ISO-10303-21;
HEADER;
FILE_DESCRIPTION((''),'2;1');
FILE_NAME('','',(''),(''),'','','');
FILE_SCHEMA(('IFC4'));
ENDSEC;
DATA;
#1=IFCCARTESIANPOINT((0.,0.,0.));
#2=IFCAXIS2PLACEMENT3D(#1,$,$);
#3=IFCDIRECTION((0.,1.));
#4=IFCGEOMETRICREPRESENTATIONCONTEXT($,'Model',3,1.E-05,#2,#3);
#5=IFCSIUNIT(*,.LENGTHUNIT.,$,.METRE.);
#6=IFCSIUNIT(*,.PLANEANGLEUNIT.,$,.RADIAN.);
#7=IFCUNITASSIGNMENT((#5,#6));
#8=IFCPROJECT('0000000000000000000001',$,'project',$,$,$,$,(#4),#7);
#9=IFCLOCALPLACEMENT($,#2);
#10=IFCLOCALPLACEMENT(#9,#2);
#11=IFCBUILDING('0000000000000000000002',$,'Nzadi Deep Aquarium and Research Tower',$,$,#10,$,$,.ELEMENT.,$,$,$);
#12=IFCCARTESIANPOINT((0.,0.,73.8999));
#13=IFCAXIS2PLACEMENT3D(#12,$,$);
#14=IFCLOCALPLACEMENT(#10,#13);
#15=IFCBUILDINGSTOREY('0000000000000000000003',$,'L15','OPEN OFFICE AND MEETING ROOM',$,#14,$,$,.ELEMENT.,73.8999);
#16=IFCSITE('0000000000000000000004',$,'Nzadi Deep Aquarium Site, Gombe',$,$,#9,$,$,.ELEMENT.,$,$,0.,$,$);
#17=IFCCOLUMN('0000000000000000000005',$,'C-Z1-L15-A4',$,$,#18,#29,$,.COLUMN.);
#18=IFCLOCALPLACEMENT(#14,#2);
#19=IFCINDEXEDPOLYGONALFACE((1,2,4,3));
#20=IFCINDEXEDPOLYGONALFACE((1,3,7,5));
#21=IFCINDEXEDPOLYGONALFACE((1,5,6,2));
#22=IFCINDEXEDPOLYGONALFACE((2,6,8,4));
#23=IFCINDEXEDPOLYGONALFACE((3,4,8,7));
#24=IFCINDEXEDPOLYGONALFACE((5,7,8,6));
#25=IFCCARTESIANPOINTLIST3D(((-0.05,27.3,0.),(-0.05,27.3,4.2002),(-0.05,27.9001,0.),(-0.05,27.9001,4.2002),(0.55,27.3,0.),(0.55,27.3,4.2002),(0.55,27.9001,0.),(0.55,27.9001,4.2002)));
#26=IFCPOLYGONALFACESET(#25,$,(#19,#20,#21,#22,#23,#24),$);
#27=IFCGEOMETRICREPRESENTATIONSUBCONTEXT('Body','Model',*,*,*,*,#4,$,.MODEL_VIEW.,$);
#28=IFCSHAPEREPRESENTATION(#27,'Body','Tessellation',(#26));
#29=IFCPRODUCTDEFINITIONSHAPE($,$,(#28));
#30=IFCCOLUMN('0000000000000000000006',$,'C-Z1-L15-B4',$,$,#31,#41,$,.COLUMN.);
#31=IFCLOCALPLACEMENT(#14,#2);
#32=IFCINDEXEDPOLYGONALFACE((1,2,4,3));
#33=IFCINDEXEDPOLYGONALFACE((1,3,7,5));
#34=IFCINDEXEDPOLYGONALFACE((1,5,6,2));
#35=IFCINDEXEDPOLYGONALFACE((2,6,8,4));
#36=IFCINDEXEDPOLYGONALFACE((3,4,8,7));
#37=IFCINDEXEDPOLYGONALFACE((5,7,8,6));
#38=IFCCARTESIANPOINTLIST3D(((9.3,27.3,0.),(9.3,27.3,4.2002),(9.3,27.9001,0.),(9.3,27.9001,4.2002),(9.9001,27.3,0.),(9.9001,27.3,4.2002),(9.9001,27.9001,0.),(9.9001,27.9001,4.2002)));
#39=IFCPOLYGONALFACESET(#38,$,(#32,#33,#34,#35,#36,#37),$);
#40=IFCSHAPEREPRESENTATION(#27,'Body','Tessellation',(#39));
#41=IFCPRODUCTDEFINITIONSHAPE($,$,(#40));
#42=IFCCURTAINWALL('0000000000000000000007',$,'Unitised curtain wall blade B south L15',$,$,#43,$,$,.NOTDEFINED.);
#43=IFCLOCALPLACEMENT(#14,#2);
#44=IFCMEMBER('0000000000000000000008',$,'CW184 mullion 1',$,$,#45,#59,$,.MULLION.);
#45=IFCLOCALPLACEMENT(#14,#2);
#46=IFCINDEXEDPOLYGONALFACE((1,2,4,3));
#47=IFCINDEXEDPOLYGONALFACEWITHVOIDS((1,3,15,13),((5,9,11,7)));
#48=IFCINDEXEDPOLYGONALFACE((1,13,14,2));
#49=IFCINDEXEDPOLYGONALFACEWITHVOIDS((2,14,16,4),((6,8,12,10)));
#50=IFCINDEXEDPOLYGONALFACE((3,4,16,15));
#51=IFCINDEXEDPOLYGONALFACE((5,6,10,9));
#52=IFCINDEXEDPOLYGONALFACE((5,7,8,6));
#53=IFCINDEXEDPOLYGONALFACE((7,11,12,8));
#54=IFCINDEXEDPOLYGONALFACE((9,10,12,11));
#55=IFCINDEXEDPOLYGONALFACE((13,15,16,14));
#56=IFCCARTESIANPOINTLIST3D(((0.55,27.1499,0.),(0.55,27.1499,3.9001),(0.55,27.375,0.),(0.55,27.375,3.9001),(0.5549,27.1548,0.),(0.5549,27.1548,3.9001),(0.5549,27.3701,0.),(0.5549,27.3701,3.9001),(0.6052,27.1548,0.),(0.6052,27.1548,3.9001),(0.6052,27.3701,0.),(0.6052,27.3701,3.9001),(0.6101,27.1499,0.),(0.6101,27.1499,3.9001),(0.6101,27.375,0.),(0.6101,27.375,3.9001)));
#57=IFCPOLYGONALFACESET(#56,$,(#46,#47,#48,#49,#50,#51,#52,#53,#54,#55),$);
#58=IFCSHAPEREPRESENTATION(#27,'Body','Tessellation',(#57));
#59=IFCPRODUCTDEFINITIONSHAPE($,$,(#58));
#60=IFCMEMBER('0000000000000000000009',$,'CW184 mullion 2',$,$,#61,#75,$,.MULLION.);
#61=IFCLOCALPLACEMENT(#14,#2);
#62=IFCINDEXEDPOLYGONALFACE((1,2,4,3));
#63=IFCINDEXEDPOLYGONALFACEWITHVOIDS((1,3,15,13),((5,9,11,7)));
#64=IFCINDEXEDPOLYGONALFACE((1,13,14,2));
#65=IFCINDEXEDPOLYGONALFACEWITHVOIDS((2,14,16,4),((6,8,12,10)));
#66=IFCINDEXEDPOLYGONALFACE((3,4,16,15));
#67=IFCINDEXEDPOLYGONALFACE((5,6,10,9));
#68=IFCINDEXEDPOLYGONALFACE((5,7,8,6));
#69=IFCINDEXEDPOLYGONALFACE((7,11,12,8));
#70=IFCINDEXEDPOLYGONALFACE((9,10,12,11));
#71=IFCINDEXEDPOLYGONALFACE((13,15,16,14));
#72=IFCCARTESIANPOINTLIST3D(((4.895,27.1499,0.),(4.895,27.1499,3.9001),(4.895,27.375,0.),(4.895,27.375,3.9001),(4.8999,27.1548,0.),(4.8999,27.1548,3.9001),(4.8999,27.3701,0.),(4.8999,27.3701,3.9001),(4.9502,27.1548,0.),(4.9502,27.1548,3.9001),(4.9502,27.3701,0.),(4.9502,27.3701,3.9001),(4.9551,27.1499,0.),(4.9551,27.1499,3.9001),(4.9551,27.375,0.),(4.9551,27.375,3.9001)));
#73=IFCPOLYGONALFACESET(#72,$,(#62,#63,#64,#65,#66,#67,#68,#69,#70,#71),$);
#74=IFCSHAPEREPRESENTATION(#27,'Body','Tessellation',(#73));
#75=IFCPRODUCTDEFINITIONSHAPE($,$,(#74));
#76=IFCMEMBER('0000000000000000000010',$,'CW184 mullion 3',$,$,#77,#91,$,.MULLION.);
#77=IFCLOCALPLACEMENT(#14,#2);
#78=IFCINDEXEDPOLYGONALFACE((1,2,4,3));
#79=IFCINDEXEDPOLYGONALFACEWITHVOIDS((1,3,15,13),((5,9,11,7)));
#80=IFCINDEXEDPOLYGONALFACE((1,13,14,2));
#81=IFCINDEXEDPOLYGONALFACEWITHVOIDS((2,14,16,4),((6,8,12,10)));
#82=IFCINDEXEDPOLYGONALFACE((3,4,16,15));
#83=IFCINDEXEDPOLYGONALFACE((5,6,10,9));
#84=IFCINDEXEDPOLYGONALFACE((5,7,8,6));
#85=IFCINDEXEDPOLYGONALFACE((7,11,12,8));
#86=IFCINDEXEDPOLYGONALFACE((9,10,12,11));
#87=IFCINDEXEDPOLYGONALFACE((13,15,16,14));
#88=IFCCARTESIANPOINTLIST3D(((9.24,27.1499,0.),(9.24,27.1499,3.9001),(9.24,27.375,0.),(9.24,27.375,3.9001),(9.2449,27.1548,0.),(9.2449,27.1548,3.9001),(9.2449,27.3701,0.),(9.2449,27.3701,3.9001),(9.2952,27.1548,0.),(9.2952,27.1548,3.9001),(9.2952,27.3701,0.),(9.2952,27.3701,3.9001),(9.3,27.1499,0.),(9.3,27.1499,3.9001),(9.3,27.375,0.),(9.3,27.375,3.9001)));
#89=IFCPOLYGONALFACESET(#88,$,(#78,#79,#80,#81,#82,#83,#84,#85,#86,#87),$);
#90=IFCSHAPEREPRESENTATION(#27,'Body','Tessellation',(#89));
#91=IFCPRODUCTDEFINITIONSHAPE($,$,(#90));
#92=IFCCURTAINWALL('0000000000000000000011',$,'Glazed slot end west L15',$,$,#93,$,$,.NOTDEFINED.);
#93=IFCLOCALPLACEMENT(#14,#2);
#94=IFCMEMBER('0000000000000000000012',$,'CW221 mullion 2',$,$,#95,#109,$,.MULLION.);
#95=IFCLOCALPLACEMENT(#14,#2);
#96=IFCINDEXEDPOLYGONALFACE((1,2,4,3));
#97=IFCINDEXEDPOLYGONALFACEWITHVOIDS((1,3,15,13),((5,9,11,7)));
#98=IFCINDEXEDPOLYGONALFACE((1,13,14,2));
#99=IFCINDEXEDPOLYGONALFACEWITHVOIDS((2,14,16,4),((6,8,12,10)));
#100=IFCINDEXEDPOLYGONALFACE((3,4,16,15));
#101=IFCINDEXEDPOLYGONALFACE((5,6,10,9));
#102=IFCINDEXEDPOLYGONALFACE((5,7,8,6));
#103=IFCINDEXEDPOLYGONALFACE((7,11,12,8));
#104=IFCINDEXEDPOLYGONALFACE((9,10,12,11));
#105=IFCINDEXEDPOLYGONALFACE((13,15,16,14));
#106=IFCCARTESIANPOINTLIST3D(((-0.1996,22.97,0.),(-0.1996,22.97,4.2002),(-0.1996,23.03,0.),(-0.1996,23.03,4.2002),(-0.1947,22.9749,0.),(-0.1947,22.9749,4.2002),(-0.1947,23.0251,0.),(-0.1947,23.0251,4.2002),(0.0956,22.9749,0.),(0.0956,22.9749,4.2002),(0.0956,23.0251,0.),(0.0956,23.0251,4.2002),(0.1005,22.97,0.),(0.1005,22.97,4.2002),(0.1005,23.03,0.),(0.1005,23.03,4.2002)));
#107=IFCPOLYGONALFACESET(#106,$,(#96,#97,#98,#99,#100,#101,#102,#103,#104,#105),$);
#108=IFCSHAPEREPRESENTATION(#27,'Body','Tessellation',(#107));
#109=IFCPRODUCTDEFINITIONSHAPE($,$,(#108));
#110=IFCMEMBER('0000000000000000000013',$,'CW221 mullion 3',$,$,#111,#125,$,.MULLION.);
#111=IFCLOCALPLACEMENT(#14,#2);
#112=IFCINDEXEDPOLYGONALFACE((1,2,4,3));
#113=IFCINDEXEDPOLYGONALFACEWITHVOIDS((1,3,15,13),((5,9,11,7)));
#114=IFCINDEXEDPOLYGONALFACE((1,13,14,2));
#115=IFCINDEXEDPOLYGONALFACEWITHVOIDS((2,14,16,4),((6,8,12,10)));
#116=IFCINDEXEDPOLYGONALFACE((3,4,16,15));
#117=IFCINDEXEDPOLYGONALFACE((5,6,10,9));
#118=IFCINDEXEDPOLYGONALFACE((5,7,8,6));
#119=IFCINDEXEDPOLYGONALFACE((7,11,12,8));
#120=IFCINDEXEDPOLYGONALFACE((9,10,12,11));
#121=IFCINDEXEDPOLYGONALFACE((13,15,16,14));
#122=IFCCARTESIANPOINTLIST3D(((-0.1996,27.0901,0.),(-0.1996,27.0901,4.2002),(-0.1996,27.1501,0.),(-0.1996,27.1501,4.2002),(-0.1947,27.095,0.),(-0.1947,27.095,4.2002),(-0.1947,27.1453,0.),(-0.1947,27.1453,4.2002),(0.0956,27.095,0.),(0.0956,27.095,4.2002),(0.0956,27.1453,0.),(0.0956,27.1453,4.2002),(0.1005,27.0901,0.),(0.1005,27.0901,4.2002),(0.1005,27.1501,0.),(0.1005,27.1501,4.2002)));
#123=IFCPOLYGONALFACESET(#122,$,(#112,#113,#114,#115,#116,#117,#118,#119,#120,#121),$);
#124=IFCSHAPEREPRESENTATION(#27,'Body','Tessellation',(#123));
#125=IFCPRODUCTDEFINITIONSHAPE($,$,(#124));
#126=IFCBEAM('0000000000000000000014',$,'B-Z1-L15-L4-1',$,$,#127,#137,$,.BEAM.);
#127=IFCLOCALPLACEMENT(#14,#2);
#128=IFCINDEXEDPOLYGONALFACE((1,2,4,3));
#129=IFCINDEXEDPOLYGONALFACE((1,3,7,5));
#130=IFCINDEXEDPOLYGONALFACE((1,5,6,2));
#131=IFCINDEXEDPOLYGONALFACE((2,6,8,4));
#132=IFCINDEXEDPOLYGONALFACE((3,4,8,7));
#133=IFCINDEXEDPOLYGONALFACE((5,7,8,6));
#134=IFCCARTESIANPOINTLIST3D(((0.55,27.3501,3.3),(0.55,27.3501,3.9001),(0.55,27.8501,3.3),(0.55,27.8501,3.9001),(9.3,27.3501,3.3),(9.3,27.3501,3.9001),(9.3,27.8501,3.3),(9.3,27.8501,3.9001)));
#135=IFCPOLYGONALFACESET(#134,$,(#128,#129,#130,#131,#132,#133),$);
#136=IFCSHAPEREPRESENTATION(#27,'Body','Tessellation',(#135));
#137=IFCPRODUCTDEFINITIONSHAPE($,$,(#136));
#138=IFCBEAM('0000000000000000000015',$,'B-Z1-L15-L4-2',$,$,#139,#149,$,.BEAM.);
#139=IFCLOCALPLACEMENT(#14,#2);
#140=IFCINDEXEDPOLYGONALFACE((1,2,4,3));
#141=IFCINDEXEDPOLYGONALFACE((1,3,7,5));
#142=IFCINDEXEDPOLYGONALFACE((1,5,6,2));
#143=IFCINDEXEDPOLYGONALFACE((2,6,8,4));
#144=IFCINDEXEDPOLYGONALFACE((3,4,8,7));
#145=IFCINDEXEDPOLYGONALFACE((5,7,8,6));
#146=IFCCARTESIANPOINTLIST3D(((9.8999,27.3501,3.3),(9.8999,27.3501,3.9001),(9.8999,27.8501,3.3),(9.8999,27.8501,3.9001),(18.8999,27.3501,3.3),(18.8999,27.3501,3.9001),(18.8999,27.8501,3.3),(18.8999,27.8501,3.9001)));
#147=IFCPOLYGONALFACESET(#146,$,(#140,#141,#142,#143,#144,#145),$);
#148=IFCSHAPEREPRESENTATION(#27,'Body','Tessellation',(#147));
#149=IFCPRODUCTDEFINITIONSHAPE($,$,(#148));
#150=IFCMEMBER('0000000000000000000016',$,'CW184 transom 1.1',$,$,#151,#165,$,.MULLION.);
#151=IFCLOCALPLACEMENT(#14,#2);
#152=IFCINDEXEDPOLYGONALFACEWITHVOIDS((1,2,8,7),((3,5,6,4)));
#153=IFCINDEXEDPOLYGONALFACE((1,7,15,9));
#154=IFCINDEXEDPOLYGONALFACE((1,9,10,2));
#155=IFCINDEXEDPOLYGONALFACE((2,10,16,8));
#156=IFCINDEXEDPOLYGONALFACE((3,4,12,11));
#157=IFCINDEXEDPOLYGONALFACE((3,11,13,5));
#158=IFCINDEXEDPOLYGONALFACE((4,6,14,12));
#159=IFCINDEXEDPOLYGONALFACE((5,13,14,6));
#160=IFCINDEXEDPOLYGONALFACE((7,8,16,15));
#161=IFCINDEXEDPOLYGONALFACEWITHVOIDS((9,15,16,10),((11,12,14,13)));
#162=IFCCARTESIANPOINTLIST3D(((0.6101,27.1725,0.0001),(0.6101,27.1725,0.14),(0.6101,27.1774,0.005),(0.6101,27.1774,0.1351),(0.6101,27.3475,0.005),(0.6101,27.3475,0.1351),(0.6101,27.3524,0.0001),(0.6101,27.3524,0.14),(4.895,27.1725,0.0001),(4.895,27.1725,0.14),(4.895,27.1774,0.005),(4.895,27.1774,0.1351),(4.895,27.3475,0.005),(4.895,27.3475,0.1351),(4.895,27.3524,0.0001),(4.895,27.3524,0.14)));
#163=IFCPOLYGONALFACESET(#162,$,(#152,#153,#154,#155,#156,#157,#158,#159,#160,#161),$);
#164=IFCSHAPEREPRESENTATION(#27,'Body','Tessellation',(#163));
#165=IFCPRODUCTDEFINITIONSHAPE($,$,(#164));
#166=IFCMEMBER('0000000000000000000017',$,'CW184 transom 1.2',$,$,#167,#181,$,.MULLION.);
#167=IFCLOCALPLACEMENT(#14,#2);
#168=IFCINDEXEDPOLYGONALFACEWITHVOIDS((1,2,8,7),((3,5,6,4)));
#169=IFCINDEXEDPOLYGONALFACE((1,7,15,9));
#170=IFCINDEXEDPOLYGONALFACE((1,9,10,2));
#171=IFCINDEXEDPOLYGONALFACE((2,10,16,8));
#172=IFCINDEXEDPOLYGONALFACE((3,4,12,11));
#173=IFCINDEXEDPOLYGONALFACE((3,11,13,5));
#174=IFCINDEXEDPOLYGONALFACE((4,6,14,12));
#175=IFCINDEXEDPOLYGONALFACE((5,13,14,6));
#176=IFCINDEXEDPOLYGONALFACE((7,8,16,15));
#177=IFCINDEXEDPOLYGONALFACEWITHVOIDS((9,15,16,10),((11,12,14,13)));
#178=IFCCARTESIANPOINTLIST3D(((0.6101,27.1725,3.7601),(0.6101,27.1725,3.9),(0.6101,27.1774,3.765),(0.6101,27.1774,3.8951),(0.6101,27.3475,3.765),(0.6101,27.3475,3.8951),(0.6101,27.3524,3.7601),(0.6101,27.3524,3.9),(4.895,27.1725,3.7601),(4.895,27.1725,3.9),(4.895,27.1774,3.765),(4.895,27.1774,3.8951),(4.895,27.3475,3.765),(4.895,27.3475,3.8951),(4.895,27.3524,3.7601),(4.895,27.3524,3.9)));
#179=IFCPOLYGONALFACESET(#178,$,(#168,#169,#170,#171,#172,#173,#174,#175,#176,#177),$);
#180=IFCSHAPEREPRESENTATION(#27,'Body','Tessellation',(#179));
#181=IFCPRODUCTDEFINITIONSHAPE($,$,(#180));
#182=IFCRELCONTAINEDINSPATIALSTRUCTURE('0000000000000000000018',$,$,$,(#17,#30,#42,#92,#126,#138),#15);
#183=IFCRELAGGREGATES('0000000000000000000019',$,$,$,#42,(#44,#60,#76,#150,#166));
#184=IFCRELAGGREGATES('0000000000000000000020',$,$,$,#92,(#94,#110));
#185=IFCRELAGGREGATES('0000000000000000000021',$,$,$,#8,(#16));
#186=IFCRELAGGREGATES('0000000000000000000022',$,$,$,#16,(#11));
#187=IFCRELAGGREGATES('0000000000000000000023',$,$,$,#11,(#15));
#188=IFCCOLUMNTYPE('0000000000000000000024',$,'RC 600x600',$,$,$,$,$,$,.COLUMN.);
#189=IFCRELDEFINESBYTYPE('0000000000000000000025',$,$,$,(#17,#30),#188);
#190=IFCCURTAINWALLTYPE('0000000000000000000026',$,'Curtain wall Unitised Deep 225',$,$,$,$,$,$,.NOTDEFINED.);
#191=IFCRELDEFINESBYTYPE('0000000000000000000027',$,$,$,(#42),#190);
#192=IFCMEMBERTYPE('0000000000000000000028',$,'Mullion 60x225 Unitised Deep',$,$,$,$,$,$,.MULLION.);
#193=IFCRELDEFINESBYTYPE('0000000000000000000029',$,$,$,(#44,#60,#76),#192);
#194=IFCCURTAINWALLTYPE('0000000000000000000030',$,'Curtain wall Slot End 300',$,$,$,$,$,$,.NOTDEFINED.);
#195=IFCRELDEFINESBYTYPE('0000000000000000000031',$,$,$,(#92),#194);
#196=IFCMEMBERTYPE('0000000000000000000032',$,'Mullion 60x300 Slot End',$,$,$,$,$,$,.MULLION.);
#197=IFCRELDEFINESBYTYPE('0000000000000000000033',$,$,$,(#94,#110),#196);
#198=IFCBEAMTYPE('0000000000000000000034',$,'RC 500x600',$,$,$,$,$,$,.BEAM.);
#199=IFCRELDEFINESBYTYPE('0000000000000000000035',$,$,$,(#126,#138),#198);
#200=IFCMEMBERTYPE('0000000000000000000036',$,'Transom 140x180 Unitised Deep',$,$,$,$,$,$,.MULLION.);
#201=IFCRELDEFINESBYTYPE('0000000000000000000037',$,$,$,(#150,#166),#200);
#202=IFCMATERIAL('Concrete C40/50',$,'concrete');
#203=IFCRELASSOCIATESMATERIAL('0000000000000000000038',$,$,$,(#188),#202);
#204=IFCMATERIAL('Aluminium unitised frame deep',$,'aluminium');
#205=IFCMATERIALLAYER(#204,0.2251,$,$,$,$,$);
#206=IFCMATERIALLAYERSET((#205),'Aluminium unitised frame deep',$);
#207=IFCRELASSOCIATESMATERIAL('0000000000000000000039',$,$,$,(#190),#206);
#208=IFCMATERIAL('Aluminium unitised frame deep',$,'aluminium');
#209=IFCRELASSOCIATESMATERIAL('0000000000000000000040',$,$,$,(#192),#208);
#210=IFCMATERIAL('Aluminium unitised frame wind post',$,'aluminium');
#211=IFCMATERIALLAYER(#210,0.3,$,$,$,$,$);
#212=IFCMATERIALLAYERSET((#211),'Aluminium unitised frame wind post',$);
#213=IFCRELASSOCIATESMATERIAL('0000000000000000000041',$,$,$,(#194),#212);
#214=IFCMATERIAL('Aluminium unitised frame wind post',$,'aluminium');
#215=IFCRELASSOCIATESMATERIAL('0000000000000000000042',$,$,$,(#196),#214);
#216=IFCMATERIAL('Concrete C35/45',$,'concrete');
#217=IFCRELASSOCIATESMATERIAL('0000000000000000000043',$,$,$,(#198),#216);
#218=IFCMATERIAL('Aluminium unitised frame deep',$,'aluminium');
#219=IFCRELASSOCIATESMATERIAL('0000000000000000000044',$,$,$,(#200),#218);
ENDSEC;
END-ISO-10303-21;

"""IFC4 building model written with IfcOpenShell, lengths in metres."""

from ifc_helpers import new_model, si_unit, direction, frame, origin, origin_2d, place, context, subcontext, project, spatial, rectangle, hollow_rectangle, extrude, material, layer, layer_set, material_profile, profile_set, type_object, element, aggregate, save


model = new_model("IFC4")

# Units and contexts
model_context = context("Model", 3, precision=1e-05, world=origin(), true_north=direction((0.0, 1.0)))
body_context = subcontext(model_context, "Body", "Model", "MODEL_VIEW")
ifc_project = project(units=[si_unit("LENGTHUNIT", "METRE"), si_unit("PLANEANGLEUNIT", "RADIAN")], contexts=[model_context])

# Site, building, storey
site_placement = place(None, origin())
site = spatial("IfcSite", under=ifc_project, at=site_placement, Name="Nzadi Deep Aquarium Site, Gombe", CompositionType="ELEMENT", RefElevation=0.0)
building_placement = place(site_placement, origin())
building = spatial("IfcBuilding", under=site, at=building_placement, Name="Nzadi Deep Aquarium and Research Tower", CompositionType="ELEMENT")
storey_placement = place(building_placement, frame((0.0, 0.0, 73.8999)))
storey = spatial("IfcBuildingStorey", under=building, at=storey_placement, Name="L15", Description="OPEN OFFICE AND MEETING ROOM", CompositionType="ELEMENT", Elevation=73.8999)

# Columns
ifc_material_1 = material(Name="Concrete C40/50", Category="concrete")
ifc_material_profile_1 = material_profile(ifc_material_1, rectangle(XDim=0.6001, YDim=0.6001, at=origin_2d()))
ifc_profile_set_1 = profile_set([ifc_material_profile_1], Name="Concrete C40/50")
column_type = type_object("IfcColumnType", Name="RC 600x600", PredefinedType="COLUMN", material=ifc_profile_set_1)
for number, where, z_axis, x_axis, name in (
    (1, (0.25, 27.6001, 0.0), (0.0, 0.0, 1.0), (1.0, 0.0, 0.0), "C-Z1-L15-A4"),
    (2, (9.6001, 27.6001, 0.0), (0.0, 0.0, 1.0), (1.0, 0.0, 0.0), "C-Z1-L15-B4"),
):
    element("IfcColumn", number, at=place(storey_placement, frame(where, z_axis=z_axis, x_axis=x_axis)), inside=storey, type_object=column_type, Name=name, PredefinedType="COLUMN", context=body_context, shape_type="SweptSolid", body=[
        extrude(rectangle(XDim=0.6001, YDim=0.6001, at=origin_2d()), origin(), (0.0, 0.0, 1.0), 4.2002),
    ])

# Curtain walls, members
ifc_material_2 = material(Name="Aluminium unitised frame deep", Category="aluminium")
ifc_layer_1 = layer(ifc_material_2, 0.2251)
ifc_layer_set_1 = layer_set([ifc_layer_1], Name="Aluminium unitised frame deep")
curtain_wall_type_1 = type_object("IfcCurtainWallType", Name="Curtain wall Unitised Deep 225", PredefinedType="NOTDEFINED", material=ifc_layer_set_1)
curtain_wall_1_placement = place(storey_placement, origin())
curtain_wall_1 = element("IfcCurtainWall", 3, at=curtain_wall_1_placement, inside=storey, type_object=curtain_wall_type_1, Name="Unitised curtain wall blade B south L15", PredefinedType="NOTDEFINED")
ifc_material_3 = material(Name="Aluminium unitised frame deep", Category="aluminium")
ifc_material_profile_2 = material_profile(ifc_material_3, hollow_rectangle(XDim=0.2251, YDim=0.0601, WallThickness=0.0049, at=origin_2d()))
ifc_profile_set_2 = profile_set([ifc_material_profile_2], Name="Aluminium unitised frame deep")
member_type_1 = type_object("IfcMemberType", Name="Mullion 60x225 Unitised Deep", PredefinedType="MULLION", material=ifc_profile_set_2)
member_1_placement = place(storey_placement, frame((0.5801, 27.2625, 0.0), z_axis=(0.0, 0.0, 1.0), x_axis=(0.0, 1.0, 0.0)))
member_1 = element("IfcMember", 4, at=member_1_placement, type_object=member_type_1, Name="CW184 mullion 1", PredefinedType="MULLION", context=body_context, shape_type="SweptSolid", body=[
    extrude(hollow_rectangle(XDim=0.2251, YDim=0.0601, WallThickness=0.0049, at=origin_2d()), origin(), (0.0, 0.0, 1.0), 3.9001),
])
member_2_placement = place(storey_placement, frame((4.925, 27.2625, 0.0), z_axis=(0.0, 0.0, 1.0), x_axis=(0.0, 1.0, 0.0)))
member_2 = element("IfcMember", 5, at=member_2_placement, type_object=member_type_1, Name="CW184 mullion 2", PredefinedType="MULLION", context=body_context, shape_type="SweptSolid", body=[
    extrude(hollow_rectangle(XDim=0.2251, YDim=0.0601, WallThickness=0.0049, at=origin_2d()), origin(), (0.0, 0.0, 1.0), 3.9001),
])
member_3_placement = place(storey_placement, frame((9.27, 27.2625, 0.0), z_axis=(0.0, 0.0, 1.0), x_axis=(0.0, 1.0, 0.0)))
member_3 = element("IfcMember", 6, at=member_3_placement, type_object=member_type_1, Name="CW184 mullion 3", PredefinedType="MULLION", context=body_context, shape_type="SweptSolid", body=[
    extrude(hollow_rectangle(XDim=0.2251, YDim=0.0601, WallThickness=0.0049, at=origin_2d()), origin(), (0.0, 0.0, 1.0), 3.9001),
])
ifc_material_4 = material(Name="Aluminium unitised frame wind post", Category="aluminium")
ifc_layer_2 = layer(ifc_material_4, 0.3)
ifc_layer_set_2 = layer_set([ifc_layer_2], Name="Aluminium unitised frame wind post")
curtain_wall_type_2 = type_object("IfcCurtainWallType", Name="Curtain wall Slot End 300", PredefinedType="NOTDEFINED", material=ifc_layer_set_2)
curtain_wall_2_placement = place(storey_placement, origin())
curtain_wall_2 = element("IfcCurtainWall", 7, at=curtain_wall_2_placement, inside=storey, type_object=curtain_wall_type_2, Name="Glazed slot end west L15", PredefinedType="NOTDEFINED")
ifc_material_5 = material(Name="Aluminium unitised frame wind post", Category="aluminium")
ifc_material_profile_3 = material_profile(ifc_material_5, hollow_rectangle(XDim=0.3, YDim=0.0601, WallThickness=0.0049, at=origin_2d()))
ifc_profile_set_3 = profile_set([ifc_material_profile_3], Name="Aluminium unitised frame wind post")
member_type_2 = type_object("IfcMemberType", Name="Mullion 60x300 Slot End", PredefinedType="MULLION", material=ifc_profile_set_3)
member_4_placement = place(storey_placement, frame((-0.0496, 23.0, 0.0), z_axis=(0.0, 0.0, 1.0), x_axis=(-1.0, 0.0, 0.0)))
member_4 = element("IfcMember", 8, at=member_4_placement, type_object=member_type_2, Name="CW221 mullion 2", PredefinedType="MULLION", context=body_context, shape_type="SweptSolid", body=[
    extrude(hollow_rectangle(XDim=0.3, YDim=0.0601, WallThickness=0.0049, at=origin_2d()), origin(), (0.0, 0.0, 1.0), 4.2002),
])
member_5_placement = place(storey_placement, frame((-0.0496, 27.1201, 0.0), z_axis=(0.0, 0.0, 1.0), x_axis=(-1.0, 0.0, 0.0)))
member_5 = element("IfcMember", 9, at=member_5_placement, type_object=member_type_2, Name="CW221 mullion 3", PredefinedType="MULLION", context=body_context, shape_type="SweptSolid", body=[
    extrude(hollow_rectangle(XDim=0.3, YDim=0.0601, WallThickness=0.0049, at=origin_2d()), origin(), (0.0, 0.0, 1.0), 4.2002),
])

# Beams
ifc_material_6 = material(Name="Concrete C35/45", Category="concrete")
ifc_material_profile_4 = material_profile(ifc_material_6, rectangle(XDim=0.5, YDim=0.6001, at=origin_2d()))
ifc_profile_set_4 = profile_set([ifc_material_profile_4], Name="Concrete C35/45")
beam_type = type_object("IfcBeamType", Name="RC 500x600", PredefinedType="BEAM", material=ifc_profile_set_4)
beam_1_placement = place(storey_placement, frame((0.55, 27.6001, 3.6001), z_axis=(1.0, 0.0, 0.0), x_axis=(0.0, 1.0, 0.0)))
element("IfcBeam", 10, at=beam_1_placement, inside=storey, type_object=beam_type, Name="B-Z1-L15-L4-1", PredefinedType="BEAM", context=body_context, shape_type="SweptSolid", body=[
    extrude(rectangle(XDim=0.5, YDim=0.6001, at=origin_2d()), origin(), (0.0, 0.0, 1.0), 8.75),
])
beam_2_placement = place(storey_placement, frame((9.8999, 27.6001, 3.6001), z_axis=(1.0, 0.0, 0.0), x_axis=(0.0, 1.0, 0.0)))
element("IfcBeam", 11, at=beam_2_placement, inside=storey, type_object=beam_type, Name="B-Z1-L15-L4-2", PredefinedType="BEAM", context=body_context, shape_type="SweptSolid", body=[
    extrude(rectangle(XDim=0.5, YDim=0.6001, at=origin_2d()), origin(), (0.0, 0.0, 1.0), 9.0),
])

# Members
ifc_material_7 = material(Name="Aluminium unitised frame deep", Category="aluminium")
ifc_material_profile_5 = material_profile(ifc_material_7, hollow_rectangle(XDim=0.1799, YDim=0.1399, WallThickness=0.0049, at=origin_2d()))
ifc_profile_set_5 = profile_set([ifc_material_profile_5], Name="Aluminium unitised frame deep")
member_type_3 = type_object("IfcMemberType", Name="Transom 140x180 Unitised Deep", PredefinedType="MULLION", material=ifc_profile_set_5)
member_6_placement = place(storey_placement, frame((0.6101, 27.2625, 0.0701), z_axis=(1.0, 0.0, 0.0), x_axis=(0.0, 1.0, 0.0)))
member_6 = element("IfcMember", 12, at=member_6_placement, type_object=member_type_3, Name="CW184 transom 1.1", PredefinedType="MULLION", context=body_context, shape_type="SweptSolid", body=[
    extrude(hollow_rectangle(XDim=0.1799, YDim=0.1399, WallThickness=0.0049, at=origin_2d()), origin(), (0.0, 0.0, 1.0), 4.2849),
])
member_7_placement = place(storey_placement, frame((0.6101, 27.2625, 3.8301), z_axis=(1.0, 0.0, 0.0), x_axis=(0.0, 1.0, 0.0)))
member_7 = element("IfcMember", 13, at=member_7_placement, type_object=member_type_3, Name="CW184 transom 1.2", PredefinedType="MULLION", context=body_context, shape_type="SweptSolid", body=[
    extrude(hollow_rectangle(XDim=0.1799, YDim=0.1399, WallThickness=0.0049, at=origin_2d()), origin(), (0.0, 0.0, 1.0), 4.2849),
])

aggregate(curtain_wall_1, [member_1, member_2, member_3, member_6, member_7])
aggregate(curtain_wall_2, [member_4, member_5])

save(model, "model.ifc")
